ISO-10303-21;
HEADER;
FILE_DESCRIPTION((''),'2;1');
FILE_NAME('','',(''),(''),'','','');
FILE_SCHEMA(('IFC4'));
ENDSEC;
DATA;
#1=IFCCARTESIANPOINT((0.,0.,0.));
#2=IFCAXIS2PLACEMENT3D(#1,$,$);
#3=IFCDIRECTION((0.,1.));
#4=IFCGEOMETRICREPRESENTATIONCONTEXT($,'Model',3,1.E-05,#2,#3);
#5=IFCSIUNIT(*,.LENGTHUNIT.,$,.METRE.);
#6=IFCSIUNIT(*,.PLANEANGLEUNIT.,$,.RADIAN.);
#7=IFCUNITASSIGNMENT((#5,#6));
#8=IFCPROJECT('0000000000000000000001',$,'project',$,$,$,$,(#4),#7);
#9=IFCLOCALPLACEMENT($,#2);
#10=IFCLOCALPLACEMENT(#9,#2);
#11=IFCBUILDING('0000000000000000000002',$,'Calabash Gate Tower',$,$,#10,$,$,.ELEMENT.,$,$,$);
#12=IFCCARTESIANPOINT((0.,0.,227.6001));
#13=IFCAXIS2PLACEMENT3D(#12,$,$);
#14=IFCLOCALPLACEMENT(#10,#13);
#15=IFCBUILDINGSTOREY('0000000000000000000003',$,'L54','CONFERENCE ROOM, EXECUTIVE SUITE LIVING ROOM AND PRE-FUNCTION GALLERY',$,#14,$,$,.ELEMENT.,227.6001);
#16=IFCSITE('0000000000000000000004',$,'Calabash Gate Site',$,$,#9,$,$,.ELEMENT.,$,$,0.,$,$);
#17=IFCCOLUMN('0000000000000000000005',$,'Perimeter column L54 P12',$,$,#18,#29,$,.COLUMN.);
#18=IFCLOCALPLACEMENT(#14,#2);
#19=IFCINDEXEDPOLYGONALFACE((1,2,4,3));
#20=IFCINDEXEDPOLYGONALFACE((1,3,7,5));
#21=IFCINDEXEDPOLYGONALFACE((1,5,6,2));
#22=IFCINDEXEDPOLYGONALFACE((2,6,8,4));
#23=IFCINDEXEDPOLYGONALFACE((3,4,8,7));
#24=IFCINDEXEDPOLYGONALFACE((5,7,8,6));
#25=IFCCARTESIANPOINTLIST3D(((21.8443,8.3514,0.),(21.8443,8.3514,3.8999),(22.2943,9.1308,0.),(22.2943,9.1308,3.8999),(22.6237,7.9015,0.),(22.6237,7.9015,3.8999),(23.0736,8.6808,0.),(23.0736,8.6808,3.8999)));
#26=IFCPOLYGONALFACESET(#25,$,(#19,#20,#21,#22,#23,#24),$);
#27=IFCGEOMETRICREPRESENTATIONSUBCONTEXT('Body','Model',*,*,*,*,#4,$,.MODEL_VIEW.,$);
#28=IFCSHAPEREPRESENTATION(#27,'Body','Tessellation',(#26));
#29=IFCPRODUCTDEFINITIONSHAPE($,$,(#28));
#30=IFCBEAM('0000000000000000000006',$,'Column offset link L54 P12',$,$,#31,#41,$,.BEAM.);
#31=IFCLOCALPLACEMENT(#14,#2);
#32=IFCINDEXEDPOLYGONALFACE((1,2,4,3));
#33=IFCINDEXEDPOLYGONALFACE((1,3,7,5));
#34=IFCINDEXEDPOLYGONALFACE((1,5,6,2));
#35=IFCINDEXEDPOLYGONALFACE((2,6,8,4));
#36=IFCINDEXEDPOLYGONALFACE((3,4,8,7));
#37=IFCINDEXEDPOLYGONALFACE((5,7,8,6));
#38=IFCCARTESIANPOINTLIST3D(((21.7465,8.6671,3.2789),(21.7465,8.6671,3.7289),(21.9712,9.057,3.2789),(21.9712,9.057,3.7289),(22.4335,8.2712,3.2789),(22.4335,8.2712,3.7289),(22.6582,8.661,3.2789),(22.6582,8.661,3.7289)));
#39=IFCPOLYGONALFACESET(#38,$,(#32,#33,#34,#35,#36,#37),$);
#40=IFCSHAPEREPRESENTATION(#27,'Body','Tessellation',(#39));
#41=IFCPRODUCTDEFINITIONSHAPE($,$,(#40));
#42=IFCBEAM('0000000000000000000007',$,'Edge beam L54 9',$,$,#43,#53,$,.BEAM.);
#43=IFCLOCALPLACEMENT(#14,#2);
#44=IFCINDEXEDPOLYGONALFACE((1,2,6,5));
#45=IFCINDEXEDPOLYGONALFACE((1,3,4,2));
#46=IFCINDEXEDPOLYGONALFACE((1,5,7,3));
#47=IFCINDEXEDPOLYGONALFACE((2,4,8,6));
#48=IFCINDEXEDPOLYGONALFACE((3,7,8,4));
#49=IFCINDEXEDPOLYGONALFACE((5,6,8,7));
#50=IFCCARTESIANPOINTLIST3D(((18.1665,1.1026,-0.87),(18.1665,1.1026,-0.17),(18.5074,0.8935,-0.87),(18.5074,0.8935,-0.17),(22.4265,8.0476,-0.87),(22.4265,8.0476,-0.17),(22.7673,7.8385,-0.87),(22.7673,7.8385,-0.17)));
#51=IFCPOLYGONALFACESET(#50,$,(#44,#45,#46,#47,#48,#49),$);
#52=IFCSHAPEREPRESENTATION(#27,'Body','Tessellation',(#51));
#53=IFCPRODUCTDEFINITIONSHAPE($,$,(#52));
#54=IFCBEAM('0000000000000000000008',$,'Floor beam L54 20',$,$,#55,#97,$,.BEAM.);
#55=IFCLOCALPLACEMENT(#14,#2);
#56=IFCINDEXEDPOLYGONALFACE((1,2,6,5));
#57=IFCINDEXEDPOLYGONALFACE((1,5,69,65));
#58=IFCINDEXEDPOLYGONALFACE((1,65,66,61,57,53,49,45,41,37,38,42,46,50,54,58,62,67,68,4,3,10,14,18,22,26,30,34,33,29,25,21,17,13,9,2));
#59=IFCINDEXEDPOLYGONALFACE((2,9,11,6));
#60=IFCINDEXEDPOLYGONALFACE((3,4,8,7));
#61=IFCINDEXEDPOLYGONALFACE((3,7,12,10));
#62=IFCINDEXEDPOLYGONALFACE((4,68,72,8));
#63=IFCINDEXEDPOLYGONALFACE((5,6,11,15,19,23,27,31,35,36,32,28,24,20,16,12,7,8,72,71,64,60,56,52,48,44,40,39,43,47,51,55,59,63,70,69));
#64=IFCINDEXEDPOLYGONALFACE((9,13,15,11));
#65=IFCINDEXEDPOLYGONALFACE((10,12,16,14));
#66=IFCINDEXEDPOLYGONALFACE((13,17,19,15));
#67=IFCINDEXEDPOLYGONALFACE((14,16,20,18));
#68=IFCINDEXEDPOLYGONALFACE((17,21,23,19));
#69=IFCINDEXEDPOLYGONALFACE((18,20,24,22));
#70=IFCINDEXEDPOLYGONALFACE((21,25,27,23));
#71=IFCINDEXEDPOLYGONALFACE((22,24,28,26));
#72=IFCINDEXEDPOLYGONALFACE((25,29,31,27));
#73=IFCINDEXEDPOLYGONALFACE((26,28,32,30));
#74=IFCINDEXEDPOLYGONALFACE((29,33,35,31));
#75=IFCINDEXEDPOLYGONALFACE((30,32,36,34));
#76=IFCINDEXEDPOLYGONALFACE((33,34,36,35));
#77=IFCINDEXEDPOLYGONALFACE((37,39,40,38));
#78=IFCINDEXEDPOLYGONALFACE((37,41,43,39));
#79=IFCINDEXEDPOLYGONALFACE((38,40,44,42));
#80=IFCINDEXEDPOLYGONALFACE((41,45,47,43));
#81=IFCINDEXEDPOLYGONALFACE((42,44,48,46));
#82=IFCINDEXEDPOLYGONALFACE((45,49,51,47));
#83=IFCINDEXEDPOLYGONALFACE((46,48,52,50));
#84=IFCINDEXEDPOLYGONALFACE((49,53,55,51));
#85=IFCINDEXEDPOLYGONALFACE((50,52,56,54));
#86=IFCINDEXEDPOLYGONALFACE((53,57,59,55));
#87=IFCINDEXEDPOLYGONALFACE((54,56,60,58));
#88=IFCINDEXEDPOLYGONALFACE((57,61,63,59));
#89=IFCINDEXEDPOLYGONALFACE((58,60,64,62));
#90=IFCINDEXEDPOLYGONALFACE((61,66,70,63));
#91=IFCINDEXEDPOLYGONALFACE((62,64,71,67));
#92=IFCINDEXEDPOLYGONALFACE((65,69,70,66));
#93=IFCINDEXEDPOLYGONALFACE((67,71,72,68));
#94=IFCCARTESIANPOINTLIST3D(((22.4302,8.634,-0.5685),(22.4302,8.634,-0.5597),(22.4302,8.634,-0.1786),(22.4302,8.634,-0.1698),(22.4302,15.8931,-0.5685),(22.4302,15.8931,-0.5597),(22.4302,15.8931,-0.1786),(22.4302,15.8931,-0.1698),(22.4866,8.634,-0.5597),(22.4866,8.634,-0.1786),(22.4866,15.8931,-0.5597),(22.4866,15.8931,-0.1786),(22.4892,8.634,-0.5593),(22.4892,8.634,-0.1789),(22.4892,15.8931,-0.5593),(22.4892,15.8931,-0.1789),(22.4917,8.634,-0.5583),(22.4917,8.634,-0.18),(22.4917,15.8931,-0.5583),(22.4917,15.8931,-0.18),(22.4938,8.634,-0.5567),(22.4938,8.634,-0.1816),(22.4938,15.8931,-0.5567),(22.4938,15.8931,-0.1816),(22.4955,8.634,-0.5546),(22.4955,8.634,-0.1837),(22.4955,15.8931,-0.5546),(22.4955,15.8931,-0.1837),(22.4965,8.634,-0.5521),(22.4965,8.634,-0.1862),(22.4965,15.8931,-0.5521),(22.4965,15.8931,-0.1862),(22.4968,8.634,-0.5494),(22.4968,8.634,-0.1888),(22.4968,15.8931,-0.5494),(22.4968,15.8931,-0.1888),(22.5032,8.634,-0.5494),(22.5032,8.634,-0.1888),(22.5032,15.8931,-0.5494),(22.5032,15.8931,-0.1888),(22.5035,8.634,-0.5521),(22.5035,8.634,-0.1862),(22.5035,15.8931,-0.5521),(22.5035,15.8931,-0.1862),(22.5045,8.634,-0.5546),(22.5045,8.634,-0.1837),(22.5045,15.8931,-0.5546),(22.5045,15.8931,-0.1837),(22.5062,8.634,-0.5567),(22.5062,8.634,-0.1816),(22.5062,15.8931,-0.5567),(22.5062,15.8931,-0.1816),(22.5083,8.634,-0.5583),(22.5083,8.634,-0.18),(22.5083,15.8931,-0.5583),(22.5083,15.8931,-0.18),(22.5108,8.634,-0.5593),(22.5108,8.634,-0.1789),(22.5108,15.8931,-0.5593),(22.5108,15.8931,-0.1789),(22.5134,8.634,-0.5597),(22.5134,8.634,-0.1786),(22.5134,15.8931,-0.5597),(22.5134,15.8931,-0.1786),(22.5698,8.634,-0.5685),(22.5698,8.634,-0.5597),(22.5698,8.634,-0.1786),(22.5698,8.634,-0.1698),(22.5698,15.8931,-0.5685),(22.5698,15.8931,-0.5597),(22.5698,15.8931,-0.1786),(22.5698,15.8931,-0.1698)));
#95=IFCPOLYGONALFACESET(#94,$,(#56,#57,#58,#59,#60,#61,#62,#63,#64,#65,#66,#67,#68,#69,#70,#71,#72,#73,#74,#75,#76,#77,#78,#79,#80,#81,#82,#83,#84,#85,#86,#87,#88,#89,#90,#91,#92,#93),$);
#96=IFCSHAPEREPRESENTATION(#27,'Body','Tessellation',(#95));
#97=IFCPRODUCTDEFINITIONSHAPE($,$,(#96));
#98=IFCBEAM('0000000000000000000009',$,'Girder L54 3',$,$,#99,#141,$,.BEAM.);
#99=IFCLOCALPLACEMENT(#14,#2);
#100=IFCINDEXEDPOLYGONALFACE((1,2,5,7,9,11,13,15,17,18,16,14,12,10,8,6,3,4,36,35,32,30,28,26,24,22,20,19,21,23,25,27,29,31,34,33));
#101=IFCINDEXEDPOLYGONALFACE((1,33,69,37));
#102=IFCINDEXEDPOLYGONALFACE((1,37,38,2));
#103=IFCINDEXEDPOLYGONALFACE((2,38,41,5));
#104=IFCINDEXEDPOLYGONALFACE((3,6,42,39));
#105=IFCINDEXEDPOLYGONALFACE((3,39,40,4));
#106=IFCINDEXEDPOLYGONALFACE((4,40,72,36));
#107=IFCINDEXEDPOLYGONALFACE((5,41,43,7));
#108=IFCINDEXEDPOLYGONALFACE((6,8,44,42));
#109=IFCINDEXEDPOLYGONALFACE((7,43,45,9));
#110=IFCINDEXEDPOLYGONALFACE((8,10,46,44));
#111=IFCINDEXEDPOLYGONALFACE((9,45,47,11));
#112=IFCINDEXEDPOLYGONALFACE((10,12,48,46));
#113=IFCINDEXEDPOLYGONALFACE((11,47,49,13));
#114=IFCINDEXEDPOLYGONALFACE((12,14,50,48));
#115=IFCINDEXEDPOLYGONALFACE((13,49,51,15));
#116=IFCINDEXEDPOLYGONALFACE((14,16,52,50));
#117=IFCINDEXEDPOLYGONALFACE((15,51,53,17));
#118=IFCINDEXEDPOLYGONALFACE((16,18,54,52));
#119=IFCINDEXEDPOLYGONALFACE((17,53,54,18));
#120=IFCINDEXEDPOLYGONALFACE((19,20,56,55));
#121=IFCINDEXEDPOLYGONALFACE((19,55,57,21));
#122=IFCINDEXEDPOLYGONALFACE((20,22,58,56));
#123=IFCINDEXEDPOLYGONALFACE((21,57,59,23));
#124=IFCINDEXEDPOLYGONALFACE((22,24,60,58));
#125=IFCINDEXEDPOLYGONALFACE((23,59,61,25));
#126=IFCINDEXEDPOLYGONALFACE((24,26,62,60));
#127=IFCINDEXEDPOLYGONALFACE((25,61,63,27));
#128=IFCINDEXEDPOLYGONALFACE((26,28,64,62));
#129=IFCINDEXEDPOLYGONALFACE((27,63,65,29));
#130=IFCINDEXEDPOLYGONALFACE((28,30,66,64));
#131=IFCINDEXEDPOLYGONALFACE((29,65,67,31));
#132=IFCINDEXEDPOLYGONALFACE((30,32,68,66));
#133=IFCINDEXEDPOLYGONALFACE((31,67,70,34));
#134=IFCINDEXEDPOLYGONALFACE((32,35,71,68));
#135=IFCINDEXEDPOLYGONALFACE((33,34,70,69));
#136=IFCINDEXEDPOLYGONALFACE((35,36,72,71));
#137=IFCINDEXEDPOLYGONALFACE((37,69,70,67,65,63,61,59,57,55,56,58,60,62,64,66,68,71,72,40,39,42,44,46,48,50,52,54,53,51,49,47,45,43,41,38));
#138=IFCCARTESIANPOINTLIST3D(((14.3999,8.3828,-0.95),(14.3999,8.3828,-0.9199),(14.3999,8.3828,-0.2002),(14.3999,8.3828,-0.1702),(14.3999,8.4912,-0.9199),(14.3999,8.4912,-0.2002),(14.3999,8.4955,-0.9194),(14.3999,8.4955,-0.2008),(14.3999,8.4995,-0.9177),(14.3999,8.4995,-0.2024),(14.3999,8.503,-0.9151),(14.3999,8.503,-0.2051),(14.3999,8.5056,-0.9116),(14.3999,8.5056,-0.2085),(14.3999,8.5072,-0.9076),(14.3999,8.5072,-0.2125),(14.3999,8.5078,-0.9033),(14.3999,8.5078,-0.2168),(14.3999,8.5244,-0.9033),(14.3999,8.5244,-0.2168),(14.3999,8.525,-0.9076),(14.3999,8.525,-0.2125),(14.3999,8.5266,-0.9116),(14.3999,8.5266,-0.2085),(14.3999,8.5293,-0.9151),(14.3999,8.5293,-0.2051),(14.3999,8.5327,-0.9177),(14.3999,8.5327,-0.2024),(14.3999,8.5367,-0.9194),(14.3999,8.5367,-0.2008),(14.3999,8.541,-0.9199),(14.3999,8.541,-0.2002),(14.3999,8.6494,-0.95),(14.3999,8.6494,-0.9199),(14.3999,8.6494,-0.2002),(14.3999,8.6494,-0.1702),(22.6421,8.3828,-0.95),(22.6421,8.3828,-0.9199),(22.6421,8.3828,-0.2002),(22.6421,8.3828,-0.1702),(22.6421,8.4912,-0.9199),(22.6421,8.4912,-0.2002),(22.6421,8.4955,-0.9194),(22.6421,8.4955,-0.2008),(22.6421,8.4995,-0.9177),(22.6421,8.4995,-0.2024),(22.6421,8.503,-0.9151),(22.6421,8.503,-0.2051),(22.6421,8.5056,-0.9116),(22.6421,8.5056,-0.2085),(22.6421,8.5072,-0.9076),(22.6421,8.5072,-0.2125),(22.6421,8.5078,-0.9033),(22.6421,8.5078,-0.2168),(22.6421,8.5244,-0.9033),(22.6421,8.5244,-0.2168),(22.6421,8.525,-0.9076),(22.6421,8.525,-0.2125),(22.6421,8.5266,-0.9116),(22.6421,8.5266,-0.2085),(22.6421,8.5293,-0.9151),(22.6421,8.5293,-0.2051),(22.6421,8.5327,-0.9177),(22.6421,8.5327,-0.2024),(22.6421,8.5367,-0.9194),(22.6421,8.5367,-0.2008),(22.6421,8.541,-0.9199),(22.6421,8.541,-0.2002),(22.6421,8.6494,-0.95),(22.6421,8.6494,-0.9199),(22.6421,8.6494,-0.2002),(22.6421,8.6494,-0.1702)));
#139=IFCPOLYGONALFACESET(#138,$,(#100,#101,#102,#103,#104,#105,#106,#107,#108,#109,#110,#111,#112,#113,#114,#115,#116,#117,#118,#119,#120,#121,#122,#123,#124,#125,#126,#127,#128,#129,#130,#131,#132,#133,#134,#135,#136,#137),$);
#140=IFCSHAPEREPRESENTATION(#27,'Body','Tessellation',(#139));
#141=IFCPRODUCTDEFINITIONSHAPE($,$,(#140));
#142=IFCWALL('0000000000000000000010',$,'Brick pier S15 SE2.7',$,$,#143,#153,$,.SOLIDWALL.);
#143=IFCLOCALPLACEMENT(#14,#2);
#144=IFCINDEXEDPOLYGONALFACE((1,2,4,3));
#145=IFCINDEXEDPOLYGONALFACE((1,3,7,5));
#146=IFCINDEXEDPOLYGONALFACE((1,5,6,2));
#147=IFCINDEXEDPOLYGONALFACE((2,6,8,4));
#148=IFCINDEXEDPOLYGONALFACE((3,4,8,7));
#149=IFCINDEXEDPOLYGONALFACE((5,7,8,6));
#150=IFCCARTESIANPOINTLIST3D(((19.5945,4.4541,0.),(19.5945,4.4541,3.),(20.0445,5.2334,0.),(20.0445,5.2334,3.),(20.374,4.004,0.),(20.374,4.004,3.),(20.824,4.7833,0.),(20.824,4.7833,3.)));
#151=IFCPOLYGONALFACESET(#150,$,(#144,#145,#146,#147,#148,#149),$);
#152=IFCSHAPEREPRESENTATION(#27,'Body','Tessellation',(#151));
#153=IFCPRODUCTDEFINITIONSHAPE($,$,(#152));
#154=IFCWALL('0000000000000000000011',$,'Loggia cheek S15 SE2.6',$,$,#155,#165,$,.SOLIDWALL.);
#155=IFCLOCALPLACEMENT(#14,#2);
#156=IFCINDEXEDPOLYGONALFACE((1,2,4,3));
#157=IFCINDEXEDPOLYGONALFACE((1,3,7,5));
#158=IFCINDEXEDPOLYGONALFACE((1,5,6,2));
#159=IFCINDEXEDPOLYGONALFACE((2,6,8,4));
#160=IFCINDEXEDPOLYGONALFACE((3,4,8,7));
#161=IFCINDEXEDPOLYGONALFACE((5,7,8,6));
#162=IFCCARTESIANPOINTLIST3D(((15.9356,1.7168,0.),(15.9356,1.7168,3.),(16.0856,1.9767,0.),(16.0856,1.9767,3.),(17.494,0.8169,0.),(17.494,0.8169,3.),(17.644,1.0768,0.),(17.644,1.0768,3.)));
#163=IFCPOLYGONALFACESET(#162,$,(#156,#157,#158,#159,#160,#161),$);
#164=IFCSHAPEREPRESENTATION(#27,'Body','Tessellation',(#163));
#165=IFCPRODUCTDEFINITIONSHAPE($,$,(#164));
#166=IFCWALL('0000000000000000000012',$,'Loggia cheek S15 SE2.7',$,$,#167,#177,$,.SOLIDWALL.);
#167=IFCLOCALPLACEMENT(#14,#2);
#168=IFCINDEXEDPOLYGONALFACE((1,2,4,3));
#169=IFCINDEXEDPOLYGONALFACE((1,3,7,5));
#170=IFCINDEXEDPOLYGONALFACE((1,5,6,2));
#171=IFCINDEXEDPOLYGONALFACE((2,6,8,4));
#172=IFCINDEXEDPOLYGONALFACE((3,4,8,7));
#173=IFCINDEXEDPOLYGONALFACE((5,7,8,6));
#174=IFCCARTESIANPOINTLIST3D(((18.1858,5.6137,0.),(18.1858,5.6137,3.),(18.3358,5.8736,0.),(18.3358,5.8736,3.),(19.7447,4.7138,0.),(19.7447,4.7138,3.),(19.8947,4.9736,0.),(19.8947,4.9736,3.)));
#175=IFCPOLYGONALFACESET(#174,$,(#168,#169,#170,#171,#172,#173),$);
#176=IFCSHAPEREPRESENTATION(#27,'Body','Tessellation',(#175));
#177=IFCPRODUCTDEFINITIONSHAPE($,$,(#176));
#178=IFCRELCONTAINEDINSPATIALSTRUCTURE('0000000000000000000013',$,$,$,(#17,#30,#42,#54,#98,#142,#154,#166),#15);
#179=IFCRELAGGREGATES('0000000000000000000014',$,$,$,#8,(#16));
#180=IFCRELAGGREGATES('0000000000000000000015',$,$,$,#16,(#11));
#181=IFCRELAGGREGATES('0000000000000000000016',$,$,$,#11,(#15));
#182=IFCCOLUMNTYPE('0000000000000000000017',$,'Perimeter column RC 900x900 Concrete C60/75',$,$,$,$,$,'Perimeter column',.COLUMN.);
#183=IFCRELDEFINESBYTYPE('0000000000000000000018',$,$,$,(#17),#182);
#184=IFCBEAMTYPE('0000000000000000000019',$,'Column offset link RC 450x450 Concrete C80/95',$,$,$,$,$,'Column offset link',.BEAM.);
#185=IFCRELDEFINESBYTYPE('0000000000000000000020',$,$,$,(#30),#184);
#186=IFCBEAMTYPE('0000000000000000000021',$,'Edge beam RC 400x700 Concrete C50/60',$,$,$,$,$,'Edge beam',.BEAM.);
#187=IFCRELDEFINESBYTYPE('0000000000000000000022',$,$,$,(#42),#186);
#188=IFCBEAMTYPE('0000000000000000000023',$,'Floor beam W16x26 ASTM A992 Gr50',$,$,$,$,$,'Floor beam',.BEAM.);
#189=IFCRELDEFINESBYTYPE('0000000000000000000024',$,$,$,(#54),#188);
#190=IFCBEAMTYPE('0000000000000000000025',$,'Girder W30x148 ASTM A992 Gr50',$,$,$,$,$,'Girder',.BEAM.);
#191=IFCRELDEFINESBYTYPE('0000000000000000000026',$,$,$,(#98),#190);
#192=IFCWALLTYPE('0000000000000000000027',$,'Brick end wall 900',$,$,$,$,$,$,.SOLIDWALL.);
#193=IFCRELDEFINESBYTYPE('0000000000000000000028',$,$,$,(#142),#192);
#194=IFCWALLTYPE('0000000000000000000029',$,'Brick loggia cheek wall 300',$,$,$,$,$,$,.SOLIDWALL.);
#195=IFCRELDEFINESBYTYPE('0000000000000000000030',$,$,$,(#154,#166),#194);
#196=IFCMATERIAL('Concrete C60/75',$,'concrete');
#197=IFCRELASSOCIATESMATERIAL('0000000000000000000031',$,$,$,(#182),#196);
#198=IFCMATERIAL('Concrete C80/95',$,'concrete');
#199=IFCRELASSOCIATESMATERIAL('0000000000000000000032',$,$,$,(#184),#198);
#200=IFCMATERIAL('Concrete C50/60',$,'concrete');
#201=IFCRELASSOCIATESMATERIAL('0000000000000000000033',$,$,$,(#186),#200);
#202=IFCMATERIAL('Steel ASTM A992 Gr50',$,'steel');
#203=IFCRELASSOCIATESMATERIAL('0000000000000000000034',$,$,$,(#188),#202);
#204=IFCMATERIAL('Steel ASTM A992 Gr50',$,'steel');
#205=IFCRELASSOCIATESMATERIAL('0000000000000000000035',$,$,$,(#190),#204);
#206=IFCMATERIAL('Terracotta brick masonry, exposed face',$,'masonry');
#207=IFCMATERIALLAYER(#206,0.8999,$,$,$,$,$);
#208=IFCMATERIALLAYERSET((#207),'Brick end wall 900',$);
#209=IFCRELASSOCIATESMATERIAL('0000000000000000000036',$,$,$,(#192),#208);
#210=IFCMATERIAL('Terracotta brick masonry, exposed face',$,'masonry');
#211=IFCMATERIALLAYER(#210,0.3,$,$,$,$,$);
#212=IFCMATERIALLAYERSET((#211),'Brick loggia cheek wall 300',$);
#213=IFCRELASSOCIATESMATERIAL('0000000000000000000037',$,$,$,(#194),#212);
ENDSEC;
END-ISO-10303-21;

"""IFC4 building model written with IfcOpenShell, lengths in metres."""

from ifc_helpers import new_model, si_unit, direction, frame, frame_2d, origin, origin_2d, place, context, subcontext, project, spatial, rectangle, i_section, extrude, material, layer, layer_set, material_profile, profile_set, type_object, element, save


model = new_model("IFC4")

# Units and contexts
model_context = context("Model", 3, precision=1e-05, world=origin(), true_north=direction((0.0, 1.0)))
body_context = subcontext(model_context, "Body", "Model", "MODEL_VIEW")
ifc_project = project(units=[si_unit("LENGTHUNIT", "METRE"), si_unit("PLANEANGLEUNIT", "RADIAN")], contexts=[model_context])

# Site, building, storey
site_placement = place(None, origin())
site = spatial("IfcSite", under=ifc_project, at=site_placement, Name="Calabash Gate Site", CompositionType="ELEMENT", RefElevation=0.0)
building_placement = place(site_placement, origin())
building = spatial("IfcBuilding", under=site, at=building_placement, Name="Calabash Gate Tower", CompositionType="ELEMENT")
storey_placement = place(building_placement, frame((0.0, 0.0, 227.6001)))
storey = spatial("IfcBuildingStorey", under=building, at=storey_placement, Name="L54", Description="CONFERENCE ROOM, EXECUTIVE SUITE LIVING ROOM AND PRE-FUNCTION GALLERY", CompositionType="ELEMENT", Elevation=227.6001)

# Column
ifc_material_1 = material(Name="Concrete C60/75", Category="concrete")
ifc_material_profile_1 = material_profile(ifc_material_1, rectangle(XDim=0.8999, YDim=0.8999, at=origin_2d()))
ifc_profile_set_1 = profile_set([ifc_material_profile_1], Name="Concrete C60/75")
column_type = type_object("IfcColumnType", Name="Perimeter column RC 900x900 Concrete C60/75", ElementType="Perimeter column", PredefinedType="COLUMN", material=ifc_profile_set_1)
column_placement = place(storey_placement, frame((22.459, 8.5161, 0.0), z_axis=(0.0, 0.0, 1.0), x_axis=(0.5, 0.866025, 0.0)))
element("IfcColumn", 1, at=column_placement, inside=storey, type_object=column_type, Name="Perimeter column L54 P12", PredefinedType="COLUMN", context=body_context, shape_type="SweptSolid", body=[
    extrude(rectangle(XDim=0.8999, YDim=0.8999, at=origin_2d()), origin(), (0.0, 0.0, 1.0), 3.8999),
])

# Beams
ifc_material_2 = material(Name="Concrete C80/95", Category="concrete")
ifc_material_profile_2 = material_profile(ifc_material_2, rectangle(XDim=0.45, YDim=0.45, at=origin_2d()))
ifc_profile_set_2 = profile_set([ifc_material_profile_2], Name="Concrete C80/95")
beam_type_1 = type_object("IfcBeamType", Name="Column offset link RC 450x450 Concrete C80/95", ElementType="Column offset link", PredefinedType="BEAM", material=ifc_profile_set_2)
beam_1_placement = place(storey_placement, frame((22.5459, 8.4661, 3.5039), z_axis=(-0.86638, 0.499385, 0.0), x_axis=(-0.499385, -0.86638, 0.0)))
element("IfcBeam", 2, at=beam_1_placement, inside=storey, type_object=beam_type_1, Name="Column offset link L54 P12", PredefinedType="BEAM", context=body_context, shape_type="SweptSolid", body=[
    extrude(rectangle(XDim=0.45, YDim=0.45, at=origin_2d()), origin(), (0.0, 0.0, 1.0), 0.793),
])
ifc_material_3 = material(Name="Concrete C50/60", Category="concrete")
ifc_material_profile_3 = material_profile(ifc_material_3, rectangle(XDim=0.3999, YDim=0.7, at=origin_2d()))
ifc_profile_set_3 = profile_set([ifc_material_profile_3], Name="Concrete C50/60")
beam_type_2 = type_object("IfcBeamType", Name="Edge beam RC 400x700 Concrete C50/60", ElementType="Edge beam", PredefinedType="BEAM", material=ifc_profile_set_3)
beam_2_placement = place(storey_placement, frame((18.3369, 0.998, -0.52), z_axis=(0.522861, 0.852418, 0.0), x_axis=(-0.852418, 0.522861, 0.0)))
element("IfcBeam", 3, at=beam_2_placement, inside=storey, type_object=beam_type_2, Name="Edge beam L54 9", PredefinedType="BEAM", context=body_context, shape_type="SweptSolid", body=[
    extrude(rectangle(XDim=0.3999, YDim=0.7, at=origin_2d()), origin(), (0.0, 0.0, 1.0), 8.1475),
])
ifc_material_4 = material(Name="Steel ASTM A992 Gr50", Category="steel")
ifc_material_profile_4 = material_profile(ifc_material_4, i_section(OverallWidth=0.1396, OverallDepth=0.3987, WebThickness=0.0063, FlangeThickness=0.0088, FilletRadius=0.0103, at=origin_2d()))
ifc_profile_set_4 = profile_set([ifc_material_profile_4], Name="Steel ASTM A992 Gr50")
beam_type_3 = type_object("IfcBeamType", Name="Floor beam W16x26 ASTM A992 Gr50", ElementType="Floor beam", PredefinedType="BEAM", material=ifc_profile_set_4)
beam_3_placement = place(storey_placement, frame((22.5, 8.634, -0.3691), z_axis=(0.0, 1.0, 0.0), x_axis=(-1.0, 0.0, 0.0)))
element("IfcBeam", 4, at=beam_3_placement, inside=storey, type_object=beam_type_3, Name="Floor beam L54 20", PredefinedType="BEAM", context=body_context, shape_type="SweptSolid", body=[
    extrude(i_section(OverallWidth=0.1396, OverallDepth=0.3987, WebThickness=0.0063, FlangeThickness=0.0088, FilletRadius=0.0103, at=origin_2d()), origin(), (0.0, 0.0, 1.0), 7.259),
])
ifc_material_5 = material(Name="Steel ASTM A992 Gr50", Category="steel")
ifc_material_profile_5 = material_profile(ifc_material_5, i_section(OverallWidth=0.2666, OverallDepth=0.7798, WebThickness=0.0166, FlangeThickness=0.03, FilletRadius=0.0166, at=origin_2d()))
ifc_profile_set_5 = profile_set([ifc_material_profile_5], Name="Steel ASTM A992 Gr50")
beam_type_4 = type_object("IfcBeamType", Name="Girder W30x148 ASTM A992 Gr50", ElementType="Girder", PredefinedType="BEAM", material=ifc_profile_set_5)
beam_4_placement = place(storey_placement, frame((22.6421, 8.5161, -0.5601), z_axis=(-1.0, 0.0, 0.0), x_axis=(0.0, -1.0, 0.0)))
element("IfcBeam", 5, at=beam_4_placement, inside=storey, type_object=beam_type_4, Name="Girder L54 3", PredefinedType="BEAM", context=body_context, shape_type="SweptSolid", body=[
    extrude(i_section(OverallWidth=0.2666, OverallDepth=0.7798, WebThickness=0.0166, FlangeThickness=0.03, FilletRadius=0.0166, at=origin_2d()), origin(), (0.0, 0.0, 1.0), 8.2422),
])

# Walls
ifc_material_6 = material(Name="Terracotta brick masonry, exposed face", Category="masonry")
ifc_layer_1 = layer(ifc_material_6, 0.8999)
ifc_layer_set_1 = layer_set([ifc_layer_1], Name="Brick end wall 900")
wall_type_1 = type_object("IfcWallType", Name="Brick end wall 900", PredefinedType="SOLIDWALL", material=ifc_layer_set_1)
wall_1_placement = place(storey_placement, frame((20.5991, 4.3936, 0.0), z_axis=(0.0, 0.0, 1.0), x_axis=(-0.865964, 0.500106, 0.0)))
element("IfcWall", 6, at=wall_1_placement, inside=storey, type_object=wall_type_1, Name="Brick pier S15 SE2.7", PredefinedType="SOLIDWALL", context=body_context, shape_type="SweptSolid", body=[
    extrude(rectangle(XDim=0.9001, YDim=0.8999, at=frame_2d((0.4502, 0.0))), origin(), (0.0, 0.0, 1.0), 3.0),
])
ifc_material_7 = material(Name="Terracotta brick masonry, exposed face", Category="masonry")
ifc_layer_2 = layer(ifc_material_7, 0.3)
ifc_layer_set_2 = layer_set([ifc_layer_2], Name="Brick loggia cheek wall 300")
wall_type_2 = type_object("IfcWallType", Name="Brick loggia cheek wall 300", PredefinedType="SOLIDWALL", material=ifc_layer_set_2)
wall_2_placement = place(storey_placement, frame((17.5691, 0.9468, 0.0), z_axis=(0.0, 0.0, 1.0), x_axis=(-0.86598, 0.500079, 0.0)))
element("IfcWall", 7, at=wall_2_placement, inside=storey, type_object=wall_type_2, Name="Loggia cheek S15 SE2.6", PredefinedType="SOLIDWALL", context=body_context, shape_type="SweptSolid", body=[
    extrude(rectangle(XDim=1.7996, YDim=0.3, at=frame_2d((0.8999, 0.0))), origin(), (0.0, 0.0, 1.0), 3.0),
])
wall_3_placement = place(storey_placement, frame((19.8196, 4.8438, 0.0), z_axis=(0.0, 0.0, 1.0), x_axis=(-0.866048, 0.499961, 0.0)))
element("IfcWall", 8, at=wall_3_placement, inside=storey, type_object=wall_type_2, Name="Loggia cheek S15 SE2.7", PredefinedType="SOLIDWALL", context=body_context, shape_type="SweptSolid", body=[
    extrude(rectangle(XDim=1.8, YDim=0.3, at=frame_2d((0.8999, 0.0))), origin(), (0.0, 0.0, 1.0), 3.0),
])

save(model, "model.ifc")
